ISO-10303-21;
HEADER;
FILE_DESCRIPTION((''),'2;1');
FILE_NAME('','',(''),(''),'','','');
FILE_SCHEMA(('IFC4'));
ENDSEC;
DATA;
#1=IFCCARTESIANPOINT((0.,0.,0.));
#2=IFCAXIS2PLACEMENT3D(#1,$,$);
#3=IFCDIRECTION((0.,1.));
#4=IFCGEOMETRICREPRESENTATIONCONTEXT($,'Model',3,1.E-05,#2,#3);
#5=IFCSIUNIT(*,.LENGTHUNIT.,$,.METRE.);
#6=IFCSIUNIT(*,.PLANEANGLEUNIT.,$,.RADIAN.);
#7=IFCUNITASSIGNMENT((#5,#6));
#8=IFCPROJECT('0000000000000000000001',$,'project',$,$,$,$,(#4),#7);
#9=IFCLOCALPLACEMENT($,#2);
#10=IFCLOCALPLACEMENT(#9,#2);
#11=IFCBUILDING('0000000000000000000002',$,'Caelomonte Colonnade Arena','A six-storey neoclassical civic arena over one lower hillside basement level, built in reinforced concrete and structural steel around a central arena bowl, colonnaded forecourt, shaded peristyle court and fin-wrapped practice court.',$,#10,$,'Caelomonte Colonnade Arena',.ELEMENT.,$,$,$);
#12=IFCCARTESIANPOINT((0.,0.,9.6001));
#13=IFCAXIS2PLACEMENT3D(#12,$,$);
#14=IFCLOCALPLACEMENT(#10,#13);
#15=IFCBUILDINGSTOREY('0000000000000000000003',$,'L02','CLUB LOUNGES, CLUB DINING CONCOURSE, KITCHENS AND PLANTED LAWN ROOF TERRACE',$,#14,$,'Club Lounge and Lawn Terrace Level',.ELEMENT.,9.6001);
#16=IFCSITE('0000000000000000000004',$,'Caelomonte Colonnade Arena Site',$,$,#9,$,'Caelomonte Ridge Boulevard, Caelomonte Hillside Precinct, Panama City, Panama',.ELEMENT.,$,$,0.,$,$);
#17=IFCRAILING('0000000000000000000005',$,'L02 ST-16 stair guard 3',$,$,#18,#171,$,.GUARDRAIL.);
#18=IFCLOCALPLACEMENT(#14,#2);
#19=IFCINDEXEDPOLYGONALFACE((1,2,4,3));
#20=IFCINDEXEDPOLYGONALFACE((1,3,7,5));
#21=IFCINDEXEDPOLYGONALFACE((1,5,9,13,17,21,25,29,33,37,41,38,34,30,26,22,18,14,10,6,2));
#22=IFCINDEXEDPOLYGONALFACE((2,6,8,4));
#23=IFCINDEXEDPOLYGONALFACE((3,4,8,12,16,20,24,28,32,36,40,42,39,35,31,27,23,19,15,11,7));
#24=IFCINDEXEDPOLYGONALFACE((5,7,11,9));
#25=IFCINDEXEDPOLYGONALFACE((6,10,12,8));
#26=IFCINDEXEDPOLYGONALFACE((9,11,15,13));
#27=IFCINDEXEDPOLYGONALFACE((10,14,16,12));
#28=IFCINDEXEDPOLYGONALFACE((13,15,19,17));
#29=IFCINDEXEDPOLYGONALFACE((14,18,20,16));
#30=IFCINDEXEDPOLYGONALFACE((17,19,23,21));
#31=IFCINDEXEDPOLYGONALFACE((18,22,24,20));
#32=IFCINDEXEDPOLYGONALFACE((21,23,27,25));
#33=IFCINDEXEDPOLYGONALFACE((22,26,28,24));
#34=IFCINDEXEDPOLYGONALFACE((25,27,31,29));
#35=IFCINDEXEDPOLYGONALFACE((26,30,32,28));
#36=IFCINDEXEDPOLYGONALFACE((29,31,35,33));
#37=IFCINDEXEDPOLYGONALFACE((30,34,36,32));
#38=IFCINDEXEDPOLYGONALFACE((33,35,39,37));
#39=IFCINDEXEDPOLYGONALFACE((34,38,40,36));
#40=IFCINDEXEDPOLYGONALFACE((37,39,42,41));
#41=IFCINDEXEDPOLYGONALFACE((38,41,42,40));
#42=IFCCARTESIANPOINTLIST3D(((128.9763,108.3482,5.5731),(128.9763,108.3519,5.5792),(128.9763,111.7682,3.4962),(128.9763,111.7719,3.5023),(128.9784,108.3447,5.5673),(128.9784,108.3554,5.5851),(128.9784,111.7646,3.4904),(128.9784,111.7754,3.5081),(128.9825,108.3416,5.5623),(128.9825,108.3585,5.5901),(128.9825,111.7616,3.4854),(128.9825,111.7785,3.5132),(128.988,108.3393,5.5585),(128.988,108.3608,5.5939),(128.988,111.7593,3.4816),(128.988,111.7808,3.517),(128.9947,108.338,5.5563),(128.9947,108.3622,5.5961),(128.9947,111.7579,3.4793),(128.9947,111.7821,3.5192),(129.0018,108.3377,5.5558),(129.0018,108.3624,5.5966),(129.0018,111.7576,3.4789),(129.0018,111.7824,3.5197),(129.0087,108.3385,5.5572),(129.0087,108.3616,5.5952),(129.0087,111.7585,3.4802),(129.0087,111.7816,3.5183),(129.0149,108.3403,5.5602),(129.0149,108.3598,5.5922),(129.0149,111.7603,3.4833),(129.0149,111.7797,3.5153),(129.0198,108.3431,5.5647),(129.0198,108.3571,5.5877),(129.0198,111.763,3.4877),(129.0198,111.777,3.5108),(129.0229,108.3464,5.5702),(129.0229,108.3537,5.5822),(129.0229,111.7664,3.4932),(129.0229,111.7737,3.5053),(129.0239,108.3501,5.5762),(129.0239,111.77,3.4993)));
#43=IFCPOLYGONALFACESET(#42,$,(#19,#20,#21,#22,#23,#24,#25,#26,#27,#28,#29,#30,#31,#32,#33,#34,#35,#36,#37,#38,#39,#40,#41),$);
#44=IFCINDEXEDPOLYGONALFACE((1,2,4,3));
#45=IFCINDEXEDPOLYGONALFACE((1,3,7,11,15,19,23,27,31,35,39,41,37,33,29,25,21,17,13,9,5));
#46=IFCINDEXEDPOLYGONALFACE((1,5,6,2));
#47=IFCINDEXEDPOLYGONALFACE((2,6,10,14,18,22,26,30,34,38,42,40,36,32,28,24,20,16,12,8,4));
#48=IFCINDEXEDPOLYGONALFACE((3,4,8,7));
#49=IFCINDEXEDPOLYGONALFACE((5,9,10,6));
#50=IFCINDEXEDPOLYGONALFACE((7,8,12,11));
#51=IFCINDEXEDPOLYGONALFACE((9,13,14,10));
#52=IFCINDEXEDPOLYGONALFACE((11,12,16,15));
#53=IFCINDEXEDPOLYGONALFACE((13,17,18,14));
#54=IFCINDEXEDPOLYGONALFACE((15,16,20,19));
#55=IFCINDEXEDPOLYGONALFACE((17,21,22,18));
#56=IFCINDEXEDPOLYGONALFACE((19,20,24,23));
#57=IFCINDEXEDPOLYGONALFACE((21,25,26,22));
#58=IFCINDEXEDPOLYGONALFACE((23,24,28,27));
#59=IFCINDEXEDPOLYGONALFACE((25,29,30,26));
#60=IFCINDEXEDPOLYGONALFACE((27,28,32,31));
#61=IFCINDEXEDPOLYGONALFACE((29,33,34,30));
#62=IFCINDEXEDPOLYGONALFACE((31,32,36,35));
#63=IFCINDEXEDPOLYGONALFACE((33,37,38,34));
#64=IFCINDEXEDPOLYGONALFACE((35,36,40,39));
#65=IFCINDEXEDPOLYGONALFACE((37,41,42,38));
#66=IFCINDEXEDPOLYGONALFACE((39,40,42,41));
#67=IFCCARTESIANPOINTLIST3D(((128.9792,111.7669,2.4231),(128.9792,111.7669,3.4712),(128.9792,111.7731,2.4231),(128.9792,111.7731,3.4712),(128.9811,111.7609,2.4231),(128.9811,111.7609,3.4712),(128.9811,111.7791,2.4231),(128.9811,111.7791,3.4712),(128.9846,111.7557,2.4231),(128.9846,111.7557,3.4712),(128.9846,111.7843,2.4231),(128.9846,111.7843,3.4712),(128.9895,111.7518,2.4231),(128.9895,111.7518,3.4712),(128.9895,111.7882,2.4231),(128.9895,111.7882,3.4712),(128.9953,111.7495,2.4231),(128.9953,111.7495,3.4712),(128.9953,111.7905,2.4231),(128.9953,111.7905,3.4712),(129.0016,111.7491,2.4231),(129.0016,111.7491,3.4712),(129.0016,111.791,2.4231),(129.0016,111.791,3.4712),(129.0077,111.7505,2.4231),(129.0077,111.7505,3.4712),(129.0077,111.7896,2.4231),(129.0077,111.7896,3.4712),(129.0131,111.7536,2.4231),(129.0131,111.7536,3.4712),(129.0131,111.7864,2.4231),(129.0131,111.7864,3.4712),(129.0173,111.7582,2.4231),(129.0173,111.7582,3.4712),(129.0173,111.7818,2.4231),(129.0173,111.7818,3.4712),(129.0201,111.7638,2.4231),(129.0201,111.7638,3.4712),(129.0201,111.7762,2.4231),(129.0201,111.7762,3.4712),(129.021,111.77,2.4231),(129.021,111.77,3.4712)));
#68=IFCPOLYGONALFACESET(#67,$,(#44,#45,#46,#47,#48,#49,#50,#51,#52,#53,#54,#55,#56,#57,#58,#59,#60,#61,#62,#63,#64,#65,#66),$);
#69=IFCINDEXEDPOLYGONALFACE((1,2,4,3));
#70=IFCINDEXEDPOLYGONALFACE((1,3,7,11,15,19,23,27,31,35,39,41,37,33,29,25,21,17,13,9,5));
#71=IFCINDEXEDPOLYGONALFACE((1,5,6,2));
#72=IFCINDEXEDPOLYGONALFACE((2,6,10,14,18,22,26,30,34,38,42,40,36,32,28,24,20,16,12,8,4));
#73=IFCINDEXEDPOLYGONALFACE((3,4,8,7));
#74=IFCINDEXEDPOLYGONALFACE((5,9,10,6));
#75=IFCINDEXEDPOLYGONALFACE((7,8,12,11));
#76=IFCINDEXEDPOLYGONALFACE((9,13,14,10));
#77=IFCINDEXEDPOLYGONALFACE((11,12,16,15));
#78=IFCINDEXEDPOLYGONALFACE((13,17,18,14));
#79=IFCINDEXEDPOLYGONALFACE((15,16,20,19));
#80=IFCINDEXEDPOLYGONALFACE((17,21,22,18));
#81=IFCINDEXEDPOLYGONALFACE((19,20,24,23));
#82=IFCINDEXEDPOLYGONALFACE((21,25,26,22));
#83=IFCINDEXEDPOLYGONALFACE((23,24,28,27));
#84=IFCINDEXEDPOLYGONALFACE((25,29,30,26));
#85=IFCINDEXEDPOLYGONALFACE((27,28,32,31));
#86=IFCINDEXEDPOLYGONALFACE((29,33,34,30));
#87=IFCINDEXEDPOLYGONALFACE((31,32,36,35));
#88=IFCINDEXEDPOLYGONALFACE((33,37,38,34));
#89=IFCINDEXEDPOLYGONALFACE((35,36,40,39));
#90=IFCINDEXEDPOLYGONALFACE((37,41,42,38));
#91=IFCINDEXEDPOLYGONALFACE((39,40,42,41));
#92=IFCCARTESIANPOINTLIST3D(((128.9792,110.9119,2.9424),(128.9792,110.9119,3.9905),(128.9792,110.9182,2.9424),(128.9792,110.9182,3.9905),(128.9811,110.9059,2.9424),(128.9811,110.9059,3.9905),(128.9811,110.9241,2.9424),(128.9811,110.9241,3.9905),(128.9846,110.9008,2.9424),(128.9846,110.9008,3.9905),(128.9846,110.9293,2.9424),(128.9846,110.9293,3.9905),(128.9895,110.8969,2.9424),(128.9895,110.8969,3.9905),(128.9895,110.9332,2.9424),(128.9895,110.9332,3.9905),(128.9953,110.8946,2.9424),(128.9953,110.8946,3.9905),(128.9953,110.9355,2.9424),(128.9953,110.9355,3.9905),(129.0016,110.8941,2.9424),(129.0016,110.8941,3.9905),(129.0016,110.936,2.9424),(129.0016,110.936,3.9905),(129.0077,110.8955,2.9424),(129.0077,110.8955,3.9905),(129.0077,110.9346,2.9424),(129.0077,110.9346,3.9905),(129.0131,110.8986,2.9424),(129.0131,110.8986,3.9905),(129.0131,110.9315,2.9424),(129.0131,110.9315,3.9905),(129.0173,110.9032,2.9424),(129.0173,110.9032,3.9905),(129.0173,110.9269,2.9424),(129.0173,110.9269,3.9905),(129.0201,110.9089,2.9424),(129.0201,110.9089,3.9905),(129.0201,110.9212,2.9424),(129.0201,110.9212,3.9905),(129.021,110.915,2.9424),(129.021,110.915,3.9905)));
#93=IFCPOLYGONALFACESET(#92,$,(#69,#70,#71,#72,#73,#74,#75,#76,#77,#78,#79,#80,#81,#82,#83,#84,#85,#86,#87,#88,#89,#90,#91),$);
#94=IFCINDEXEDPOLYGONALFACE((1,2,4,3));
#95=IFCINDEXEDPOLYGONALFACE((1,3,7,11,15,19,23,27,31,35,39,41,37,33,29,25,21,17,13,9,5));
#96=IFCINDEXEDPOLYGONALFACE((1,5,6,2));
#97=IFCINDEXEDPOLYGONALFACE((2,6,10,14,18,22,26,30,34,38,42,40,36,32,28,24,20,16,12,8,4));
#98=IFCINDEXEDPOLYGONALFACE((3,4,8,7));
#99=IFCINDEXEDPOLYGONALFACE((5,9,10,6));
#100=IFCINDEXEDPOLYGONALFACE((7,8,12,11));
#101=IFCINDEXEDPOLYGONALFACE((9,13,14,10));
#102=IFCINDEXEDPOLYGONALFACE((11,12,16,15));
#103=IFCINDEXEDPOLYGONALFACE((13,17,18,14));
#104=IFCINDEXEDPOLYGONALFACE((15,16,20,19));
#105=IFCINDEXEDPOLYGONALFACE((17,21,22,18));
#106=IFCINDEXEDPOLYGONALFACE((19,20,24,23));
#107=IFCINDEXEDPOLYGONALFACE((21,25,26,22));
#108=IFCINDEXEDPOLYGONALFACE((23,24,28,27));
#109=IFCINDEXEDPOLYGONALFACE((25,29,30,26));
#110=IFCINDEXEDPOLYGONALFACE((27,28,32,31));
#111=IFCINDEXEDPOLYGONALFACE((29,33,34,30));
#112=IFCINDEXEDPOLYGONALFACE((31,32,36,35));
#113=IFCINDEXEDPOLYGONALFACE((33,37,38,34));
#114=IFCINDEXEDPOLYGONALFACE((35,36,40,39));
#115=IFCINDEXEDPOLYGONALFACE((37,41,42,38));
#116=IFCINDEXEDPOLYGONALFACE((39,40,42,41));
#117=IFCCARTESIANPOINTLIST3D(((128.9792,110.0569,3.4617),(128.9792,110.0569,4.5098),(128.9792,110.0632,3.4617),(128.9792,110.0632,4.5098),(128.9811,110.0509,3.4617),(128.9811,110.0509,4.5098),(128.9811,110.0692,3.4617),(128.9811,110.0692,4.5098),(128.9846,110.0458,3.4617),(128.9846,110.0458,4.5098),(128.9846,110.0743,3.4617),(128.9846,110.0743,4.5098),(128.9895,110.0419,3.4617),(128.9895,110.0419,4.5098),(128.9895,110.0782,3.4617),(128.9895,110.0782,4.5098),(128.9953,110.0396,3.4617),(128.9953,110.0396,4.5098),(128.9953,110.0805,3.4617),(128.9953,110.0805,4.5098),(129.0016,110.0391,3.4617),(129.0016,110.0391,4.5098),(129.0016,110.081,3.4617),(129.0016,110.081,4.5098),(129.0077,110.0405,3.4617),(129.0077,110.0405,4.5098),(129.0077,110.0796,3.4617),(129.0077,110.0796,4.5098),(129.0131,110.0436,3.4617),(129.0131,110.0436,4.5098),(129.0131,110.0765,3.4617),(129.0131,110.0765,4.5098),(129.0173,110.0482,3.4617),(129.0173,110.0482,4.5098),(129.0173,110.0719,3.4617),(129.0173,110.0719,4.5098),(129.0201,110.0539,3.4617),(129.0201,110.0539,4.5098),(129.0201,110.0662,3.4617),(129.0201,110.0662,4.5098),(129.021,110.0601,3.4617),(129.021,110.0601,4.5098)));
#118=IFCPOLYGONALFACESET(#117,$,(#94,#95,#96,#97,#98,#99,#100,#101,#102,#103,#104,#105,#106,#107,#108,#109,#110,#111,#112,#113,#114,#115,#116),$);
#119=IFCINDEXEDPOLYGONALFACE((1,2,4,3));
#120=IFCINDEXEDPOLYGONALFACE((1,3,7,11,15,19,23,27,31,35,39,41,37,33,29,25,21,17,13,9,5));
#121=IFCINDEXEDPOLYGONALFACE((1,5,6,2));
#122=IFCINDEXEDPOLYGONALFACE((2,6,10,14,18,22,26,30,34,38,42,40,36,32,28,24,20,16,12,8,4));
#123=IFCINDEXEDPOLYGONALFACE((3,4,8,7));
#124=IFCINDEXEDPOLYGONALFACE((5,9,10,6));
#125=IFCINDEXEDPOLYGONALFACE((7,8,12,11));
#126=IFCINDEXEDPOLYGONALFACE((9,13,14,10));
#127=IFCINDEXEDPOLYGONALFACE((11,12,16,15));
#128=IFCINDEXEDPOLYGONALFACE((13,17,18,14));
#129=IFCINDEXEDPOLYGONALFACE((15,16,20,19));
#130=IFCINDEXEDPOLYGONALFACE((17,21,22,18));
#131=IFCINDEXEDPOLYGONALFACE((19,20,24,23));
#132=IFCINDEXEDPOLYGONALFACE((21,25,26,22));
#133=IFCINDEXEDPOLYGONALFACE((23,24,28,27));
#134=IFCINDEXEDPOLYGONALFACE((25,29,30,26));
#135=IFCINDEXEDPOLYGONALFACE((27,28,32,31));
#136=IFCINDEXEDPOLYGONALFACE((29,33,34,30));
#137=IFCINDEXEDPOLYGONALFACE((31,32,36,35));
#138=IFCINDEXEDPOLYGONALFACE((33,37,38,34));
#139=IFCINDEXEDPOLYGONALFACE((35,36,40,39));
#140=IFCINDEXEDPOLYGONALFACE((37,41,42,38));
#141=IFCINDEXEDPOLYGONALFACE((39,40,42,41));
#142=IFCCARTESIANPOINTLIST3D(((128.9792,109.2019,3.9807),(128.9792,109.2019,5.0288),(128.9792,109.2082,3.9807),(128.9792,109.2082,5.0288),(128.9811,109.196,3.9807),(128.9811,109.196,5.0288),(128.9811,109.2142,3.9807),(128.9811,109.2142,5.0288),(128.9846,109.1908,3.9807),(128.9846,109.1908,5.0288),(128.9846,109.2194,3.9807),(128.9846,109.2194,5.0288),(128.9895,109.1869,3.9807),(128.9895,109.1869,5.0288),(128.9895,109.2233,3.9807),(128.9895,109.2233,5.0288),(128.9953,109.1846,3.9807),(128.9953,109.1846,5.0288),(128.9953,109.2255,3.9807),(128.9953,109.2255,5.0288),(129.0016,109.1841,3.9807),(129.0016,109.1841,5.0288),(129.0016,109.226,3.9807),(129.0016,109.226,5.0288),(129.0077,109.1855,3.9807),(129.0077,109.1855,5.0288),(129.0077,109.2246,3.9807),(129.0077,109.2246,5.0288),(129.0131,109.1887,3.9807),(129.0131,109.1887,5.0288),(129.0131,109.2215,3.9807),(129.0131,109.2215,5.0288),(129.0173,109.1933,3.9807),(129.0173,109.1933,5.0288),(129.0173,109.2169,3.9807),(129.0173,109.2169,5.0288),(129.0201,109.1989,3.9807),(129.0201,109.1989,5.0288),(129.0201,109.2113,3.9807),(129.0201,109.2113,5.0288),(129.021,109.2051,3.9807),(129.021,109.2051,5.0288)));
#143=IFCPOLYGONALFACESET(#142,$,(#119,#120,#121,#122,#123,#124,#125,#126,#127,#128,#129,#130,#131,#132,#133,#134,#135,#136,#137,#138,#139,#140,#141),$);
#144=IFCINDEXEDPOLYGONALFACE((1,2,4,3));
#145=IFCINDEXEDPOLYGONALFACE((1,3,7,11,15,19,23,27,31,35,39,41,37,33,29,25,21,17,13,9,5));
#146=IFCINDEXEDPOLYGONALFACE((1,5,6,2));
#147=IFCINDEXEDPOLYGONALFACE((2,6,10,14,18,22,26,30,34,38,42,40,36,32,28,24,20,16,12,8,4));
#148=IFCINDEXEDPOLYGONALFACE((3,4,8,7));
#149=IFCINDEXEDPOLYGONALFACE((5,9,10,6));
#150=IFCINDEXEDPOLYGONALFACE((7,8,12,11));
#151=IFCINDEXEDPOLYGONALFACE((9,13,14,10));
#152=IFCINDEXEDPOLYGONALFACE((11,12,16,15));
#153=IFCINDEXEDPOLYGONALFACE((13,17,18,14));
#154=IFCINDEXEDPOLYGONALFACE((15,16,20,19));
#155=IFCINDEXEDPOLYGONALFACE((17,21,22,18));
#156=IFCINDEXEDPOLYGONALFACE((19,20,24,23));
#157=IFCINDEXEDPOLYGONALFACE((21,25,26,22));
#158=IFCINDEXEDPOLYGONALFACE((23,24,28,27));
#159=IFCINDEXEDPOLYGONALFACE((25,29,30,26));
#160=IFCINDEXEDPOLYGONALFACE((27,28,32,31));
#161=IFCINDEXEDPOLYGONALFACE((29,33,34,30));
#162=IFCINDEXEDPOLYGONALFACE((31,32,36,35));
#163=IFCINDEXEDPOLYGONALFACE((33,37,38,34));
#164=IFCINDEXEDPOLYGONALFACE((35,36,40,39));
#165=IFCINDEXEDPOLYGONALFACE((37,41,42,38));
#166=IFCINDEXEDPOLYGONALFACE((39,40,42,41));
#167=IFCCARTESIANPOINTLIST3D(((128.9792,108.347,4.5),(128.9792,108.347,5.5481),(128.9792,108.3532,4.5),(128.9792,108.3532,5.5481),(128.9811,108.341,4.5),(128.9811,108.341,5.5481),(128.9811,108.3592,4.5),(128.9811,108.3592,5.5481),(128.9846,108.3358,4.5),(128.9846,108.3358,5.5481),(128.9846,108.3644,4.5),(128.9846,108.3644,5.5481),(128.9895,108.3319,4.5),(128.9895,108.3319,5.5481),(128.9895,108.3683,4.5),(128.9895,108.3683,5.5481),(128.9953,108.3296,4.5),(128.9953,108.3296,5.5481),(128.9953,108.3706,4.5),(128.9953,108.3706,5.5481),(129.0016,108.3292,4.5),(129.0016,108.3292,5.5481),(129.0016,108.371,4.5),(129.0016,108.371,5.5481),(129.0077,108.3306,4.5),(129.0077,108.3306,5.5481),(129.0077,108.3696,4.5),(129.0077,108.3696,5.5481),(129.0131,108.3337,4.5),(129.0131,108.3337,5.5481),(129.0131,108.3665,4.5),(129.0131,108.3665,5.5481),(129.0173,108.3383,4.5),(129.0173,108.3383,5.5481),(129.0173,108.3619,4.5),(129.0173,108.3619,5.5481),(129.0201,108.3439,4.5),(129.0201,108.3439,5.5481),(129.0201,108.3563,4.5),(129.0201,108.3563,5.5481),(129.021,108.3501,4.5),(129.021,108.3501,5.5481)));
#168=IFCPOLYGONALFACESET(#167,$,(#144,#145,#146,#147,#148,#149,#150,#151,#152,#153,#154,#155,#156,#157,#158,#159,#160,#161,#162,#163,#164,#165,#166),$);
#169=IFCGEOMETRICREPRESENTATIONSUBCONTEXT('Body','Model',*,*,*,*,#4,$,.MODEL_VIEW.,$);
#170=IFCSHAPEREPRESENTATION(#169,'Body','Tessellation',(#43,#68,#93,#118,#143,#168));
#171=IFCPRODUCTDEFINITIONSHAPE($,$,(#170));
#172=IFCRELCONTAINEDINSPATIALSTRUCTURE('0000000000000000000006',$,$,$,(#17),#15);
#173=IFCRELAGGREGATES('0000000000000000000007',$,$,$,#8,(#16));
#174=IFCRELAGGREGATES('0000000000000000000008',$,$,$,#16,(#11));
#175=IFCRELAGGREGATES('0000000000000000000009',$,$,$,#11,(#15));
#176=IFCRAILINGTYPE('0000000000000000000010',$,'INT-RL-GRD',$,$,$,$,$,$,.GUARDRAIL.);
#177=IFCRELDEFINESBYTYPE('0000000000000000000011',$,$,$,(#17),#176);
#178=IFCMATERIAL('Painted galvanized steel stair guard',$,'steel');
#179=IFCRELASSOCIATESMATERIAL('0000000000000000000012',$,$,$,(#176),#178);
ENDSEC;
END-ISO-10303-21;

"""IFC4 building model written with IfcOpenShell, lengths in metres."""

from ifc_helpers import new_model, si_unit, direction, frame, origin, origin_2d, place, context, subcontext, project, spatial, circle, extrude, material, type_object, element, save


model = new_model("IFC4")

# Units and contexts
model_context = context("Model", 3, precision=1e-05, world=origin(), true_north=direction((0.0, 1.0)))
body_context = subcontext(model_context, "Body", "Model", "MODEL_VIEW")
ifc_project = project(units=[si_unit("LENGTHUNIT", "METRE"), si_unit("PLANEANGLEUNIT", "RADIAN")], contexts=[model_context])

# Site, building, storey
site_placement = place(None, origin())
site = spatial("IfcSite", under=ifc_project, at=site_placement, Name="Caelomonte Colonnade Arena Site", LongName="Caelomonte Ridge Boulevard, Caelomonte Hillside Precinct, Panama City, Panama", CompositionType="ELEMENT", RefElevation=0.0)
building_placement = place(site_placement, origin())
building = spatial("IfcBuilding", under=site, at=building_placement, Name="Caelomonte Colonnade Arena", Description="A six-storey neoclassical civic arena over one lower hillside basement level, built in reinforced concrete and structural steel around a central arena bowl, colonnaded forecourt, shaded peristyle court and fin-wrapped practice court.", LongName="Caelomonte Colonnade Arena", CompositionType="ELEMENT")
storey_placement = place(building_placement, frame((0.0, 0.0, 9.6001)))
storey = spatial("IfcBuildingStorey", under=building, at=storey_placement, Name="L02", Description="CLUB LOUNGES, CLUB DINING CONCOURSE, KITCHENS AND PLANTED LAWN ROOF TERRACE", LongName="Club Lounge and Lawn Terrace Level", CompositionType="ELEMENT", Elevation=9.6001)

# Railing
ifc_material_1 = material(Name="Painted galvanized steel stair guard", Category="steel")
railing_type_1 = type_object("IfcRailingType", Name="INT-RL-GRD", PredefinedType="GUARDRAIL", material=ifc_material_1)
railing_1_placement = place(storey_placement, frame((129.0, 111.77, 2.4231)))
element("IfcRailing", 1, at=railing_1_placement, inside=storey, type_object=railing_type_1, Name="L02 ST-16 stair guard 3", PredefinedType="GUARDRAIL", context=body_context, shape_type="SweptSolid", body=[
    extrude(circle(Radius=0.0239, at=origin_2d()), frame((0.0, 0.0, 1.0762), z_axis=(0.0, -0.85473, 0.519074), x_axis=(1.0, 0.0, 0.0)), (0.0, 0.0, 1.0), 4.0012),
    extrude(circle(Radius=0.021, at=origin_2d()), origin(), (0.0, 0.0, 1.0), 1.0481),
    extrude(circle(Radius=0.021, at=origin_2d()), frame((0.0, -0.855, 0.5193)), (0.0, 0.0, 1.0), 1.0481),
    extrude(circle(Radius=0.021, at=origin_2d()), frame((0.0, -1.71, 1.0386)), (0.0, 0.0, 1.0), 1.0481),
    extrude(circle(Radius=0.021, at=origin_2d()), frame((0.0, -2.5649, 1.5576)), (0.0, 0.0, 1.0), 1.0481),
    extrude(circle(Radius=0.021, at=origin_2d()), frame((0.0, -3.4199, 2.0769)), (0.0, 0.0, 1.0), 1.0481),
])

save(model, "model.ifc")
